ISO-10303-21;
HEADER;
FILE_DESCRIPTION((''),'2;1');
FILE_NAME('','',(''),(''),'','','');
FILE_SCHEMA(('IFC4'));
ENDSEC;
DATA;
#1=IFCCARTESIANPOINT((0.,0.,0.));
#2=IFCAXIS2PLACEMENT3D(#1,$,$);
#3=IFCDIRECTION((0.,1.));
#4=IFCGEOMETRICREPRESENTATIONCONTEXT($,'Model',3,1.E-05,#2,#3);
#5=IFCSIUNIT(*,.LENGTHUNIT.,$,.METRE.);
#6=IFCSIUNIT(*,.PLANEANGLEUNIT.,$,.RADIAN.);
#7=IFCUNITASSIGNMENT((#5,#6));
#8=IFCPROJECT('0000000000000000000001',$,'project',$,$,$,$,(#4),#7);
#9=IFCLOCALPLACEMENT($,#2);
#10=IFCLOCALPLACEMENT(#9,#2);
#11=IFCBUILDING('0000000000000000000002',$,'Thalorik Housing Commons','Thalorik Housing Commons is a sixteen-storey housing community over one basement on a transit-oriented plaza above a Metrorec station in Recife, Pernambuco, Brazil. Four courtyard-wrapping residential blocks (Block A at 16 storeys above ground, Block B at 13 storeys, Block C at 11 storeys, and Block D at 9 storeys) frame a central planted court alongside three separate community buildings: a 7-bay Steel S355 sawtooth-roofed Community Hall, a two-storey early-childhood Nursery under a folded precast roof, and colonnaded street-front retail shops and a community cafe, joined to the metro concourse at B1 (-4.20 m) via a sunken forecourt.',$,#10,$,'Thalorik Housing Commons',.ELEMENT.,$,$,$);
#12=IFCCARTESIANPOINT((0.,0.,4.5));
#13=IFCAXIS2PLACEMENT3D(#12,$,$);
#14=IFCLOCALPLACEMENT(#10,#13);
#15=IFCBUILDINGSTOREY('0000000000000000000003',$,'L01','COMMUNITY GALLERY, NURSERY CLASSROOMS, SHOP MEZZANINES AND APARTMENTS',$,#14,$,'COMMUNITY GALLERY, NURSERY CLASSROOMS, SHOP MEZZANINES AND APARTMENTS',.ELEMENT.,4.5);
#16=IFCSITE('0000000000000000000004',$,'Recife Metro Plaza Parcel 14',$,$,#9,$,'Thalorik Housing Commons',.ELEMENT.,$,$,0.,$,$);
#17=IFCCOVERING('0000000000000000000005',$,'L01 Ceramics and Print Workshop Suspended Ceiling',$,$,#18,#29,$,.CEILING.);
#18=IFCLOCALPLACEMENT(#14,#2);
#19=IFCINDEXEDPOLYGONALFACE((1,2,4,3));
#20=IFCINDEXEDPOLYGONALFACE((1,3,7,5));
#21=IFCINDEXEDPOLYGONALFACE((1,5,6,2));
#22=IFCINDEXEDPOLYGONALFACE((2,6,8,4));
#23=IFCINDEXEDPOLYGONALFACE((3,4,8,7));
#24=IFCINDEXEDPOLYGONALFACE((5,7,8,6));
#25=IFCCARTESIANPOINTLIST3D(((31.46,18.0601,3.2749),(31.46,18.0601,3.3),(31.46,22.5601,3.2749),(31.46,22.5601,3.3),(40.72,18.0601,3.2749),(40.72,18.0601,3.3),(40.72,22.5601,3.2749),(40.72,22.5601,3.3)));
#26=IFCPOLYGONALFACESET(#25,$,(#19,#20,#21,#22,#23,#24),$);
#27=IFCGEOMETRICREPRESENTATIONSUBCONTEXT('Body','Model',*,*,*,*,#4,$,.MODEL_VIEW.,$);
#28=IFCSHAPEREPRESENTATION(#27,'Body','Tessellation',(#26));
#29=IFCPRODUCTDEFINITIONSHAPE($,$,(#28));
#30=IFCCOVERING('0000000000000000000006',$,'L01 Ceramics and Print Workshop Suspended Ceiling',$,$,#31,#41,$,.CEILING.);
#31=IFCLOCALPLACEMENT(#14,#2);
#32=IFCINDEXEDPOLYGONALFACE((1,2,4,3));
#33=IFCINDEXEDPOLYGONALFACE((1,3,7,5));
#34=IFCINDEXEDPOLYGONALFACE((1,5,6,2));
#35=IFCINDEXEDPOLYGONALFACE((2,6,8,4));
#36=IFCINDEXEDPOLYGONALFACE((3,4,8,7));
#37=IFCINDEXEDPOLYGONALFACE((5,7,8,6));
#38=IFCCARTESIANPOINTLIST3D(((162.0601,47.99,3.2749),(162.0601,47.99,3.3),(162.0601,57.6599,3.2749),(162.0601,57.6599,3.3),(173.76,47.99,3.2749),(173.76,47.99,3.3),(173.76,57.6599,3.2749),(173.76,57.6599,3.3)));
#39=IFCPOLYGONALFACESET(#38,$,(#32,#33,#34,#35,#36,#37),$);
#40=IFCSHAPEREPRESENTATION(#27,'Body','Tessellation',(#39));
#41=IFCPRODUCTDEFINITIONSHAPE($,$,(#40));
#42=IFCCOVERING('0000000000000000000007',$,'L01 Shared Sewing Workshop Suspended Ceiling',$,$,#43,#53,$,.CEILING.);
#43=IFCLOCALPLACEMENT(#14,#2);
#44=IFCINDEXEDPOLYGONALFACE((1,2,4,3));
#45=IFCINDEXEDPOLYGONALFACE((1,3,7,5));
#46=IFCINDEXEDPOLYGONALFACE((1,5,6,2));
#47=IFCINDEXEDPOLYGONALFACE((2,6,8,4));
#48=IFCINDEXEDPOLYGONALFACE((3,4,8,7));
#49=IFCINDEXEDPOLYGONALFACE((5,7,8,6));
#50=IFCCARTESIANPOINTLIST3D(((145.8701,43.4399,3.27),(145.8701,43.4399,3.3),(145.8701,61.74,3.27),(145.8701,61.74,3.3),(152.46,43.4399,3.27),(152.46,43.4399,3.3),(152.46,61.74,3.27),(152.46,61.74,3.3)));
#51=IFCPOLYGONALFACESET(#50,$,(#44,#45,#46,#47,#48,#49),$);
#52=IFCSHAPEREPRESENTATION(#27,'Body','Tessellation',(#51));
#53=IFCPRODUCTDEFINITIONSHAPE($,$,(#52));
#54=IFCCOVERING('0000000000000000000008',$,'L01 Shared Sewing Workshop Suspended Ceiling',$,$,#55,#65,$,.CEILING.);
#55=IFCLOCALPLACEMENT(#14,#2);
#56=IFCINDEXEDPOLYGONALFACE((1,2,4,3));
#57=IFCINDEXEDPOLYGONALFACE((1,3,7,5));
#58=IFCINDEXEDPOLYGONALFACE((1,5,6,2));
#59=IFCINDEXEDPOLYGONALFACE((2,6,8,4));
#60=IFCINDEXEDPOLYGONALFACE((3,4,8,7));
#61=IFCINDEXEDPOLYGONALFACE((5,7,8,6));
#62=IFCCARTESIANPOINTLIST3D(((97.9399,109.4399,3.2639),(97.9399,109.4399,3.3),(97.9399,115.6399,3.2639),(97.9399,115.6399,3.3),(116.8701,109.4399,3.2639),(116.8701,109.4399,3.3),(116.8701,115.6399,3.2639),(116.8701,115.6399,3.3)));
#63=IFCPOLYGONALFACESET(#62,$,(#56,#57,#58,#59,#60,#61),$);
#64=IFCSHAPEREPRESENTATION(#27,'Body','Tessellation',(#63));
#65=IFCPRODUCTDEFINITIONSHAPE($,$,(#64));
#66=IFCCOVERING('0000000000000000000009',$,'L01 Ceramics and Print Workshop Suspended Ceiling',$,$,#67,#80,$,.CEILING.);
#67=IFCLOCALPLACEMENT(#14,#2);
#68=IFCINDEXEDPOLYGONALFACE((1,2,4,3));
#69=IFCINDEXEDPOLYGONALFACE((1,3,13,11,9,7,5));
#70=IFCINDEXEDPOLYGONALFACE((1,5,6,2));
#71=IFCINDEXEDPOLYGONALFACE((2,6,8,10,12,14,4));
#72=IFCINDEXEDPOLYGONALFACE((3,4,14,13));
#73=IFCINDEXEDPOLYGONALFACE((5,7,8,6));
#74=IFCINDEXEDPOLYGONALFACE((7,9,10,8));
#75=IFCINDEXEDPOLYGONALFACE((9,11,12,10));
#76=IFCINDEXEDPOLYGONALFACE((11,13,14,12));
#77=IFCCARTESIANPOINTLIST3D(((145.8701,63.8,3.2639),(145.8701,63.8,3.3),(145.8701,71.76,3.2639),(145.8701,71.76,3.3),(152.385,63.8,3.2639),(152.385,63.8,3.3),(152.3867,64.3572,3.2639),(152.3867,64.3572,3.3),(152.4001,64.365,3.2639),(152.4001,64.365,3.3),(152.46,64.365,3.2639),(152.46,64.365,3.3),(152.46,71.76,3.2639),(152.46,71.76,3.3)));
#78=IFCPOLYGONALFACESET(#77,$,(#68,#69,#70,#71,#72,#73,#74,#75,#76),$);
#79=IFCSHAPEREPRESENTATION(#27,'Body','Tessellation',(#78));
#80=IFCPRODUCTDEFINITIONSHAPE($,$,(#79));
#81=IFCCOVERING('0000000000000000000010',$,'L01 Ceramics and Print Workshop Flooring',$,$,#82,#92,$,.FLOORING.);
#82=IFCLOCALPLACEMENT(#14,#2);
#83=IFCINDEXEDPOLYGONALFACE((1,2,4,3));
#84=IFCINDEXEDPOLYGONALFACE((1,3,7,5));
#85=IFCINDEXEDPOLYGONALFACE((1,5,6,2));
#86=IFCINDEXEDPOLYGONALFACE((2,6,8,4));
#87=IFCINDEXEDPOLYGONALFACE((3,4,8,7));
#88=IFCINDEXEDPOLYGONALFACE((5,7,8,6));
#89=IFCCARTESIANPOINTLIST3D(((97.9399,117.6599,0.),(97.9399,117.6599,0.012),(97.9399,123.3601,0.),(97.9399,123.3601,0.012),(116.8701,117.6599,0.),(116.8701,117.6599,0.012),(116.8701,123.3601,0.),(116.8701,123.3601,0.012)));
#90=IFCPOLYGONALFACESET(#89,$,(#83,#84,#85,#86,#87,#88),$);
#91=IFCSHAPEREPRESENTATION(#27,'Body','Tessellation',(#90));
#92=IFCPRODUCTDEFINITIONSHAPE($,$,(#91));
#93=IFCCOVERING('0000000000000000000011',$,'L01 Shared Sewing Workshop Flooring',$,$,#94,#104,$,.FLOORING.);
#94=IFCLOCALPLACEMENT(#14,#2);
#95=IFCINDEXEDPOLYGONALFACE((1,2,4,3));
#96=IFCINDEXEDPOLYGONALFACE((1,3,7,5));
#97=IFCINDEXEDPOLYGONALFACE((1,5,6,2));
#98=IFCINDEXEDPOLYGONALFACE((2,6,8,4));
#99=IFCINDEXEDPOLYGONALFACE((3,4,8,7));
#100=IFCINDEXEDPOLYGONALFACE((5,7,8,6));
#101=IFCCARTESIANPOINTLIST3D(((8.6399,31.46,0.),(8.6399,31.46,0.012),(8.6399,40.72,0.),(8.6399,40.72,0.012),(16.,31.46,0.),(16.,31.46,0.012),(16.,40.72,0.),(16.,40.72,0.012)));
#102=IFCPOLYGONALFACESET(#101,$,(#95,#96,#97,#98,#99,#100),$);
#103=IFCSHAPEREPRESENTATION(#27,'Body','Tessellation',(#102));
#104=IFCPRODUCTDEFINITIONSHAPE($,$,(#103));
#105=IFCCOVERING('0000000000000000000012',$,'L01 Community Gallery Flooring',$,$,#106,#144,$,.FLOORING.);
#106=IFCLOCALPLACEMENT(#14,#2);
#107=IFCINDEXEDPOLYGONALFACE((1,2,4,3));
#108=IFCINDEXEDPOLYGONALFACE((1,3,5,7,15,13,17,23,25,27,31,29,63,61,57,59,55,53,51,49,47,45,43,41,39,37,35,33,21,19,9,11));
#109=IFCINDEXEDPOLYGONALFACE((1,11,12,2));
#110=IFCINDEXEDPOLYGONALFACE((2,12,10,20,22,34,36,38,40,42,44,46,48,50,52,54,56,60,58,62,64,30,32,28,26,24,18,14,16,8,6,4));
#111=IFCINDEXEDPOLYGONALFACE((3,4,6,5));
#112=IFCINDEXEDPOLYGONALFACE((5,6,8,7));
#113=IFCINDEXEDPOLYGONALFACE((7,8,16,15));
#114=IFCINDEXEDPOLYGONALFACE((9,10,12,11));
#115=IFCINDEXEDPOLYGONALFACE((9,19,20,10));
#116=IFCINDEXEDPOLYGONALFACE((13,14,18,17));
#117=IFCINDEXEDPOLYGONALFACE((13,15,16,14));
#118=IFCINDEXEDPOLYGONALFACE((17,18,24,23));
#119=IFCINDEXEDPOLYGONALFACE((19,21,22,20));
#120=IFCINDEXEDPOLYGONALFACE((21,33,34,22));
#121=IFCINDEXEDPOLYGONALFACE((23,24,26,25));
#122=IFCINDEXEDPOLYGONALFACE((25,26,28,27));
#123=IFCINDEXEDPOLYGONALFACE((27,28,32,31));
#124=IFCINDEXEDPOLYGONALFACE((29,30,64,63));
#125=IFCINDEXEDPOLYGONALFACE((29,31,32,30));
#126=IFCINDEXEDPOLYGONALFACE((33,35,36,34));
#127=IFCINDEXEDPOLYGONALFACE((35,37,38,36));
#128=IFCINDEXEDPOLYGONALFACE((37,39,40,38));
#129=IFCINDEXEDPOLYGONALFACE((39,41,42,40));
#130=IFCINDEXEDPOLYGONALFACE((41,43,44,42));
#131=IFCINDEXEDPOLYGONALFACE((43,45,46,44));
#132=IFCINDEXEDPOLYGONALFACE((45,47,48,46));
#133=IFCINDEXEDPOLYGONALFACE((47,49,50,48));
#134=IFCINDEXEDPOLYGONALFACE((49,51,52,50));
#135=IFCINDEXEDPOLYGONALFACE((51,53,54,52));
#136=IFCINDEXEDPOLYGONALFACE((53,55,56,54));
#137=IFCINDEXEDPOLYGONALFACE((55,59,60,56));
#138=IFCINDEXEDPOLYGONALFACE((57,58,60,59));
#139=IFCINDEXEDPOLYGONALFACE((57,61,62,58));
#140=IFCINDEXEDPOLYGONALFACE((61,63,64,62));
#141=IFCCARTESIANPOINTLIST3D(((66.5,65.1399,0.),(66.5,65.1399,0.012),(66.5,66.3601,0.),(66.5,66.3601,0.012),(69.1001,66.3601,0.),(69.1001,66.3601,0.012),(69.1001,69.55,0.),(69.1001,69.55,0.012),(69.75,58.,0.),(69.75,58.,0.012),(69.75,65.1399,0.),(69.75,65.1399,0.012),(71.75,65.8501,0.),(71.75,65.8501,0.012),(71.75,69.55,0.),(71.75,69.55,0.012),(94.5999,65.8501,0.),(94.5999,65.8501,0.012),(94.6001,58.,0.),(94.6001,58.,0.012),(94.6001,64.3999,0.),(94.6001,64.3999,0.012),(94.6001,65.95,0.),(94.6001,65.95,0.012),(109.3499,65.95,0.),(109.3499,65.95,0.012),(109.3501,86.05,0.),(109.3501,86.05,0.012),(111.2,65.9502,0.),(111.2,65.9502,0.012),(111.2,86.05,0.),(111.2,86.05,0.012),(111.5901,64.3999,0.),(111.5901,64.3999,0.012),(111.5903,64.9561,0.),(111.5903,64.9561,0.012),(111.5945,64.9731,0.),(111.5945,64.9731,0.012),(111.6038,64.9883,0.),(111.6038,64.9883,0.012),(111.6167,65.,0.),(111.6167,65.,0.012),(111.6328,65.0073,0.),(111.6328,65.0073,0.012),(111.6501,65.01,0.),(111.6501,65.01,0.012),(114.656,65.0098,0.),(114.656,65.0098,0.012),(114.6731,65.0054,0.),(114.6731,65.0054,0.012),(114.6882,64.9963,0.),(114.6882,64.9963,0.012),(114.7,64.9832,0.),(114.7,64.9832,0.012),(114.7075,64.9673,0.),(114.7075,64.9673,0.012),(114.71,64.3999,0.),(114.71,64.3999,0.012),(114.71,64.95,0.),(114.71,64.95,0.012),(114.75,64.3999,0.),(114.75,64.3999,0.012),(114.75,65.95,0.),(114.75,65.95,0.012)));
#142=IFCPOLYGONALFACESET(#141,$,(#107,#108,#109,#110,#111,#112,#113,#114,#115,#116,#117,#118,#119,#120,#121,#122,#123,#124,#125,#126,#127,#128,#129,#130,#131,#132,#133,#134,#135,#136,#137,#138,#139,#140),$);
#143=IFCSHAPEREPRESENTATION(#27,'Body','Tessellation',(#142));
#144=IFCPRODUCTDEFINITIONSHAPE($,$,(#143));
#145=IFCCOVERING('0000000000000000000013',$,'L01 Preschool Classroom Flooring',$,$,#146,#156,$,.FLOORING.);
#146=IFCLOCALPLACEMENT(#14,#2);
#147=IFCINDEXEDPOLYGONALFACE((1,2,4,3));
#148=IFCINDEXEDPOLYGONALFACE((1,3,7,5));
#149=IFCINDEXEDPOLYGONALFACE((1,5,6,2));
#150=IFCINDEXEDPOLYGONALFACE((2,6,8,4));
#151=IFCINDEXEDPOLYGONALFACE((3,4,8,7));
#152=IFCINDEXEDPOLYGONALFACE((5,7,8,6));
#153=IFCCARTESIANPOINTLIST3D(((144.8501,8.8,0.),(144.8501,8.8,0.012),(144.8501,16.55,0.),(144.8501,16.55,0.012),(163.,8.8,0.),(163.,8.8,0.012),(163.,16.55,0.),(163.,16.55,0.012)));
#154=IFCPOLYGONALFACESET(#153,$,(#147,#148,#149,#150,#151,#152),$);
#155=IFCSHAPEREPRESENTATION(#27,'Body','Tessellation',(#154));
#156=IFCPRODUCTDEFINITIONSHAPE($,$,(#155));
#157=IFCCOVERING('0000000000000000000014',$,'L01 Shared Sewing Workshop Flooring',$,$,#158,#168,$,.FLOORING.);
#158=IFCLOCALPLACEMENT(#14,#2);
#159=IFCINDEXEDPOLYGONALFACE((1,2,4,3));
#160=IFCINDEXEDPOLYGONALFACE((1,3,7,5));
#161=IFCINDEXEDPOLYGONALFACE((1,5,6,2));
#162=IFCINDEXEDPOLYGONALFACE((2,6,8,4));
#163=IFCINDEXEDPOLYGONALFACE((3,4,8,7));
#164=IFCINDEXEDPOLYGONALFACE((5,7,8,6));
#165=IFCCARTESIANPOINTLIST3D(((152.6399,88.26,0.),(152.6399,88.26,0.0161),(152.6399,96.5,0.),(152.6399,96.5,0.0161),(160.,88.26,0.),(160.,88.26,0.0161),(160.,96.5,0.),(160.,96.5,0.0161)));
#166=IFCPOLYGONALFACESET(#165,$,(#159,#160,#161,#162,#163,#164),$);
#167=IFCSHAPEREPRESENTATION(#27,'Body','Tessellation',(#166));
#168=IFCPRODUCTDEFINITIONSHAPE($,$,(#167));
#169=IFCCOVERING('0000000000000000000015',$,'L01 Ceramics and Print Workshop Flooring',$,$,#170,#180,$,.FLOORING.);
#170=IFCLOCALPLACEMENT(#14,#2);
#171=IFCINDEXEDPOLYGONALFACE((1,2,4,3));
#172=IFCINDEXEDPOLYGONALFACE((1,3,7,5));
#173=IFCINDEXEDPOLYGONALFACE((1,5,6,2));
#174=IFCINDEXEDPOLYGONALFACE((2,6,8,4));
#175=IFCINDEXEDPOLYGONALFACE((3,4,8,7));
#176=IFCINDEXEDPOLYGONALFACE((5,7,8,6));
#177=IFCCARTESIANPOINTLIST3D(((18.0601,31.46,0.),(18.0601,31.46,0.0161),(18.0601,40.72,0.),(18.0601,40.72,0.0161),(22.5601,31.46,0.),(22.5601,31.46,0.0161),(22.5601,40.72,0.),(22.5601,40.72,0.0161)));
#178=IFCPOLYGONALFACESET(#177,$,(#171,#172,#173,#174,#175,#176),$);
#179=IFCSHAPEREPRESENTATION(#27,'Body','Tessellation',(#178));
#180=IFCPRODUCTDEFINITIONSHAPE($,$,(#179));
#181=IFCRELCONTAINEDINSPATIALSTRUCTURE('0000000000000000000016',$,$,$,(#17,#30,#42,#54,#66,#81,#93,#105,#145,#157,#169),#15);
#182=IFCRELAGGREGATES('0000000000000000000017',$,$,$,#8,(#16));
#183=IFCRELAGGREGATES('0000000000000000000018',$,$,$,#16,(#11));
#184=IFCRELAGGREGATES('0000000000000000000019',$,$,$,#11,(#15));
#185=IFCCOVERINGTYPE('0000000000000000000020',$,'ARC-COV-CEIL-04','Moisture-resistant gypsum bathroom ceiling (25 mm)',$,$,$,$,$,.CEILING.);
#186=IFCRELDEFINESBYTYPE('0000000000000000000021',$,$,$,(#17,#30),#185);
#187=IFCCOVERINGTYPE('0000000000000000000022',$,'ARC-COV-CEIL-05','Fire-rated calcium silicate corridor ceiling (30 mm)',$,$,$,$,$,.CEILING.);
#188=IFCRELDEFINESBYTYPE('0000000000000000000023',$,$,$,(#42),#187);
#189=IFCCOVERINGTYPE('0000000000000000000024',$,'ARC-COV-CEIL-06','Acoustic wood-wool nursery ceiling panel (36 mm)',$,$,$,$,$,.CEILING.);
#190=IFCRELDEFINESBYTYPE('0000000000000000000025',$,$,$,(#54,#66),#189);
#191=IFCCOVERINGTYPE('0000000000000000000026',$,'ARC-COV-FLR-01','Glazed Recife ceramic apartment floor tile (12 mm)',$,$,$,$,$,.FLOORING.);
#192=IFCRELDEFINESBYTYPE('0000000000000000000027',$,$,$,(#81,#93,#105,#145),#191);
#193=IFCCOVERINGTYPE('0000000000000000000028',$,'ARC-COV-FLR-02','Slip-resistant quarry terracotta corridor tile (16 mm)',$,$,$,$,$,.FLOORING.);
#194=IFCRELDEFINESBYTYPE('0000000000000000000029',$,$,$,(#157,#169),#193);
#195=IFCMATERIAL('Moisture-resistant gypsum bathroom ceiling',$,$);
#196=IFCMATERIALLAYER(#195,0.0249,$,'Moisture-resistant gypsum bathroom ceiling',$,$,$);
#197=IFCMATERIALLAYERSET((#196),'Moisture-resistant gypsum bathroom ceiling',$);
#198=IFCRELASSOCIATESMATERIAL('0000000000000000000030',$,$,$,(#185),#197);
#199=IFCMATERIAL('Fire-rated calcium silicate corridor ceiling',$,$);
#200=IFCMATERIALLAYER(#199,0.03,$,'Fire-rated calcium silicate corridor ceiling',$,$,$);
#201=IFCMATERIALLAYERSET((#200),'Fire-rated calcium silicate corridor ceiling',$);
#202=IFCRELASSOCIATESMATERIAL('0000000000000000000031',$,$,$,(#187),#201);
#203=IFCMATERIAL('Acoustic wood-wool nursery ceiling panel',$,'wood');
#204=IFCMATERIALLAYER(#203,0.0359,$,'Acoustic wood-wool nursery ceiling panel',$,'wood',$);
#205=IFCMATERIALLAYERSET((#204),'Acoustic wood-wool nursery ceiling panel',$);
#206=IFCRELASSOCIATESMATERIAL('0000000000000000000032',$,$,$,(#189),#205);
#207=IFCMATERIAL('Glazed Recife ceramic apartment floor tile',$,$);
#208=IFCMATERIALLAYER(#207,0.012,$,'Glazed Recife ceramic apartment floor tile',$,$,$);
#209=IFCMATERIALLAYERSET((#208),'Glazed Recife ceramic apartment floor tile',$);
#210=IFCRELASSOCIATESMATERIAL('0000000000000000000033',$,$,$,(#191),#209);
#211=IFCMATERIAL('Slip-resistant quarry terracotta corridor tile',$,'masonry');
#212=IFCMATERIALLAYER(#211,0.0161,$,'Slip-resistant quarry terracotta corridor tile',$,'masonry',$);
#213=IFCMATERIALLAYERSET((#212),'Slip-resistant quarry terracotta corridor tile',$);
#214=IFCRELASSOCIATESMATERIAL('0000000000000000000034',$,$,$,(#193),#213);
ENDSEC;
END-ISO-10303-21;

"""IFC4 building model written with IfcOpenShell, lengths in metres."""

from ifc_helpers import new_model, si_unit, direction, frame, origin, place, context, subcontext, project, spatial, polyline, outline, extrude, material, layer, layer_set, type_object, element, save


model = new_model("IFC4")

# Units and contexts
model_context = context("Model", 3, precision=1e-05, world=origin(), true_north=direction((0.0, 1.0)))
body_context = subcontext(model_context, "Body", "Model", "MODEL_VIEW")
ifc_project = project(units=[si_unit("LENGTHUNIT", "METRE"), si_unit("PLANEANGLEUNIT", "RADIAN")], contexts=[model_context])

# Site, building, storey
site_placement = place(None, origin())
site = spatial("IfcSite", under=ifc_project, at=site_placement, Name="Recife Metro Plaza Parcel 14", LongName="Thalorik Housing Commons", CompositionType="ELEMENT", RefElevation=0.0)
building_placement = place(site_placement, origin())
building = spatial("IfcBuilding", under=site, at=building_placement, Name="Thalorik Housing Commons", Description="Thalorik Housing Commons is a sixteen-storey housing community over one basement on a transit-oriented plaza above a Metrorec station in Recife, Pernambuco, Brazil. Four courtyard-wrapping residential blocks (Block A at 16 storeys above ground, Block B at 13 storeys, Block C at 11 storeys, and Block D at 9 storeys) frame a central planted court alongside three separate community buildings: a 7-bay Steel S355 sawtooth-roofed Community Hall, a two-storey early-childhood Nursery under a folded precast roof, and colonnaded street-front retail shops and a community cafe, joined to the metro concourse at B1 (-4.20 m) via a sunken forecourt.", LongName="Thalorik Housing Commons", CompositionType="ELEMENT")
storey_placement = place(building_placement, frame((0.0, 0.0, 4.5)))
storey = spatial("IfcBuildingStorey", under=building, at=storey_placement, Name="L01", Description="COMMUNITY GALLERY, NURSERY CLASSROOMS, SHOP MEZZANINES AND APARTMENTS", LongName="COMMUNITY GALLERY, NURSERY CLASSROOMS, SHOP MEZZANINES AND APARTMENTS", CompositionType="ELEMENT", Elevation=4.5)

# Coverings
ifc_material_1 = material(Name="Moisture-resistant gypsum bathroom ceiling")
ifc_layer_1 = layer(ifc_material_1, 0.0249, Name="Moisture-resistant gypsum bathroom ceiling")
ifc_layer_set_1 = layer_set([ifc_layer_1], Name="Moisture-resistant gypsum bathroom ceiling")
covering_type_1 = type_object("IfcCoveringType", Name="ARC-COV-CEIL-04", Description="Moisture-resistant gypsum bathroom ceiling (25 mm)", PredefinedType="CEILING", material=ifc_layer_set_1)
covering_1_placement = place(storey_placement, frame((0.0, 0.0, 3.2749)))
element("IfcCovering", 1, at=covering_1_placement, inside=storey, type_object=covering_type_1, Name="L01 Ceramics and Print Workshop Suspended Ceiling", PredefinedType="CEILING", context=body_context, shape_type="SweptSolid", body=[
    extrude(outline(polyline([(40.72, 18.0601), (40.72, 22.5601), (31.46, 22.5601), (31.46, 18.0601), (40.72, 18.0601)])), origin(), (0.0, 0.0, 1.0), 0.0251),
])
covering_2_placement = place(storey_placement, frame((0.0, 0.0, 3.2749)))
element("IfcCovering", 2, at=covering_2_placement, inside=storey, type_object=covering_type_1, Name="L01 Ceramics and Print Workshop Suspended Ceiling", PredefinedType="CEILING", context=body_context, shape_type="SweptSolid", body=[
    extrude(outline(polyline([(173.76, 57.6599), (162.0601, 57.6599), (162.0601, 47.99), (173.76, 47.99), (173.76, 57.6599)])), origin(), (0.0, 0.0, 1.0), 0.0251),
])
ifc_material_2 = material(Name="Fire-rated calcium silicate corridor ceiling")
ifc_layer_2 = layer(ifc_material_2, 0.03, Name="Fire-rated calcium silicate corridor ceiling")
ifc_layer_set_2 = layer_set([ifc_layer_2], Name="Fire-rated calcium silicate corridor ceiling")
covering_type_2 = type_object("IfcCoveringType", Name="ARC-COV-CEIL-05", Description="Fire-rated calcium silicate corridor ceiling (30 mm)", PredefinedType="CEILING", material=ifc_layer_set_2)
covering_3_placement = place(storey_placement, frame((0.0, 0.0, 3.27)))
element("IfcCovering", 3, at=covering_3_placement, inside=storey, type_object=covering_type_2, Name="L01 Shared Sewing Workshop Suspended Ceiling", PredefinedType="CEILING", context=body_context, shape_type="SweptSolid", body=[
    extrude(outline(polyline([(152.46, 43.4399), (152.46, 61.74), (145.8701, 61.74), (145.8701, 43.4399), (152.46, 43.4399)])), origin(), (0.0, 0.0, 1.0), 0.03),
])
ifc_material_3 = material(Name="Acoustic wood-wool nursery ceiling panel", Category="wood")
ifc_layer_3 = layer(ifc_material_3, 0.0359, Name="Acoustic wood-wool nursery ceiling panel", Category="wood")
ifc_layer_set_3 = layer_set([ifc_layer_3], Name="Acoustic wood-wool nursery ceiling panel")
covering_type_3 = type_object("IfcCoveringType", Name="ARC-COV-CEIL-06", Description="Acoustic wood-wool nursery ceiling panel (36 mm)", PredefinedType="CEILING", material=ifc_layer_set_3)
covering_4_placement = place(storey_placement, frame((0.0, 0.0, 3.2639)))
element("IfcCovering", 4, at=covering_4_placement, inside=storey, type_object=covering_type_3, Name="L01 Shared Sewing Workshop Suspended Ceiling", PredefinedType="CEILING", context=body_context, shape_type="SweptSolid", body=[
    extrude(outline(polyline([(116.8701, 109.4399), (116.8701, 115.6399), (97.9399, 115.6399), (97.9399, 109.4399), (116.8701, 109.4399)])), origin(), (0.0, 0.0, 1.0), 0.0361),
])
covering_5_placement = place(storey_placement, frame((0.0, 0.0, 3.2639)))
element("IfcCovering", 5, at=covering_5_placement, inside=storey, type_object=covering_type_3, Name="L01 Ceramics and Print Workshop Suspended Ceiling", PredefinedType="CEILING", context=body_context, shape_type="SweptSolid", body=[
    extrude(outline(polyline([(145.8701, 63.8), (152.385, 63.8), (152.3867, 64.3572), (152.4001, 64.365), (152.46, 64.365), (152.46, 71.76), (145.8701, 71.76), (145.8701, 63.8)])), origin(), (0.0, 0.0, 1.0), 0.0361),
])
ifc_material_4 = material(Name="Glazed Recife ceramic apartment floor tile")
ifc_layer_4 = layer(ifc_material_4, 0.012, Name="Glazed Recife ceramic apartment floor tile")
ifc_layer_set_4 = layer_set([ifc_layer_4], Name="Glazed Recife ceramic apartment floor tile")
covering_type_4 = type_object("IfcCoveringType", Name="ARC-COV-FLR-01", Description="Glazed Recife ceramic apartment floor tile (12 mm)", PredefinedType="FLOORING", material=ifc_layer_set_4)
covering_6_placement = place(storey_placement, origin())
element("IfcCovering", 6, at=covering_6_placement, inside=storey, type_object=covering_type_4, Name="L01 Ceramics and Print Workshop Flooring", PredefinedType="FLOORING", context=body_context, shape_type="SweptSolid", body=[
    extrude(outline(polyline([(116.8701, 117.6599), (116.8701, 123.3601), (97.9399, 123.3601), (97.9399, 117.6599), (116.8701, 117.6599)])), origin(), (0.0, 0.0, 1.0), 0.012),
])
covering_7_placement = place(storey_placement, origin())
element("IfcCovering", 7, at=covering_7_placement, inside=storey, type_object=covering_type_4, Name="L01 Shared Sewing Workshop Flooring", PredefinedType="FLOORING", context=body_context, shape_type="SweptSolid", body=[
    extrude(outline(polyline([(16.0, 40.72), (8.6399, 40.72), (8.6399, 31.46), (16.0, 31.46), (16.0, 40.72)])), origin(), (0.0, 0.0, 1.0), 0.012),
])
covering_8_placement = place(storey_placement, origin())
element("IfcCovering", 8, at=covering_8_placement, inside=storey, type_object=covering_type_4, Name="L01 Community Gallery Flooring", PredefinedType="FLOORING", context=body_context, shape_type="SweptSolid", body=[
    extrude(outline(polyline([(66.5, 66.3601), (66.5, 65.1399), (69.75, 65.1399), (69.75, 58.0), (94.6001, 58.0), (94.6001, 64.3999), (111.5901, 64.3999), (111.5903, 64.9561), (111.5945, 64.9731), (111.6038, 64.9883), (111.6167, 65.0), (111.6328, 65.0073), (111.6501, 65.01), (114.656, 65.0098), (114.6731, 65.0054), (114.6882, 64.9963), (114.7, 64.9832), (114.7075, 64.9673), (114.71, 64.95), (114.71, 64.3999), (114.75, 64.3999), (114.75, 65.95), (111.2, 65.9502), (111.2, 86.05), (109.3501, 86.05), (109.3499, 65.95), (94.6001, 65.95), (94.5999, 65.8501), (71.75, 65.8501), (71.75, 69.55), (69.1001, 69.55), (69.1001, 66.3601), (66.5, 66.3601)])), origin(), (0.0, 0.0, 1.0), 0.012),
])
covering_9_placement = place(storey_placement, origin())
element("IfcCovering", 9, at=covering_9_placement, inside=storey, type_object=covering_type_4, Name="L01 Preschool Classroom Flooring", PredefinedType="FLOORING", context=body_context, shape_type="SweptSolid", body=[
    extrude(outline(polyline([(163.0, 8.8), (163.0, 16.55), (144.8501, 16.55), (144.8501, 8.8), (163.0, 8.8)])), origin(), (0.0, 0.0, 1.0), 0.012),
])
ifc_material_5 = material(Name="Slip-resistant quarry terracotta corridor tile", Category="masonry")
ifc_layer_5 = layer(ifc_material_5, 0.0161, Name="Slip-resistant quarry terracotta corridor tile", Category="masonry")
ifc_layer_set_5 = layer_set([ifc_layer_5], Name="Slip-resistant quarry terracotta corridor tile")
covering_type_5 = type_object("IfcCoveringType", Name="ARC-COV-FLR-02", Description="Slip-resistant quarry terracotta corridor tile (16 mm)", PredefinedType="FLOORING", material=ifc_layer_set_5)
covering_10_placement = place(storey_placement, origin())
element("IfcCovering", 10, at=covering_10_placement, inside=storey, type_object=covering_type_5, Name="L01 Shared Sewing Workshop Flooring", PredefinedType="FLOORING", context=body_context, shape_type="SweptSolid", body=[
    extrude(outline(polyline([(160.0, 96.5), (152.6399, 96.5), (152.6399, 88.26), (160.0, 88.26), (160.0, 96.5)])), origin(), (0.0, 0.0, 1.0), 0.0161),
])
covering_11_placement = place(storey_placement, origin())
element("IfcCovering", 11, at=covering_11_placement, inside=storey, type_object=covering_type_5, Name="L01 Ceramics and Print Workshop Flooring", PredefinedType="FLOORING", context=body_context, shape_type="SweptSolid", body=[
    extrude(outline(polyline([(22.5601, 40.72), (18.0601, 40.72), (18.0601, 31.46), (22.5601, 31.46), (22.5601, 40.72)])), origin(), (0.0, 0.0, 1.0), 0.0161),
])

save(model, "model.ifc")
